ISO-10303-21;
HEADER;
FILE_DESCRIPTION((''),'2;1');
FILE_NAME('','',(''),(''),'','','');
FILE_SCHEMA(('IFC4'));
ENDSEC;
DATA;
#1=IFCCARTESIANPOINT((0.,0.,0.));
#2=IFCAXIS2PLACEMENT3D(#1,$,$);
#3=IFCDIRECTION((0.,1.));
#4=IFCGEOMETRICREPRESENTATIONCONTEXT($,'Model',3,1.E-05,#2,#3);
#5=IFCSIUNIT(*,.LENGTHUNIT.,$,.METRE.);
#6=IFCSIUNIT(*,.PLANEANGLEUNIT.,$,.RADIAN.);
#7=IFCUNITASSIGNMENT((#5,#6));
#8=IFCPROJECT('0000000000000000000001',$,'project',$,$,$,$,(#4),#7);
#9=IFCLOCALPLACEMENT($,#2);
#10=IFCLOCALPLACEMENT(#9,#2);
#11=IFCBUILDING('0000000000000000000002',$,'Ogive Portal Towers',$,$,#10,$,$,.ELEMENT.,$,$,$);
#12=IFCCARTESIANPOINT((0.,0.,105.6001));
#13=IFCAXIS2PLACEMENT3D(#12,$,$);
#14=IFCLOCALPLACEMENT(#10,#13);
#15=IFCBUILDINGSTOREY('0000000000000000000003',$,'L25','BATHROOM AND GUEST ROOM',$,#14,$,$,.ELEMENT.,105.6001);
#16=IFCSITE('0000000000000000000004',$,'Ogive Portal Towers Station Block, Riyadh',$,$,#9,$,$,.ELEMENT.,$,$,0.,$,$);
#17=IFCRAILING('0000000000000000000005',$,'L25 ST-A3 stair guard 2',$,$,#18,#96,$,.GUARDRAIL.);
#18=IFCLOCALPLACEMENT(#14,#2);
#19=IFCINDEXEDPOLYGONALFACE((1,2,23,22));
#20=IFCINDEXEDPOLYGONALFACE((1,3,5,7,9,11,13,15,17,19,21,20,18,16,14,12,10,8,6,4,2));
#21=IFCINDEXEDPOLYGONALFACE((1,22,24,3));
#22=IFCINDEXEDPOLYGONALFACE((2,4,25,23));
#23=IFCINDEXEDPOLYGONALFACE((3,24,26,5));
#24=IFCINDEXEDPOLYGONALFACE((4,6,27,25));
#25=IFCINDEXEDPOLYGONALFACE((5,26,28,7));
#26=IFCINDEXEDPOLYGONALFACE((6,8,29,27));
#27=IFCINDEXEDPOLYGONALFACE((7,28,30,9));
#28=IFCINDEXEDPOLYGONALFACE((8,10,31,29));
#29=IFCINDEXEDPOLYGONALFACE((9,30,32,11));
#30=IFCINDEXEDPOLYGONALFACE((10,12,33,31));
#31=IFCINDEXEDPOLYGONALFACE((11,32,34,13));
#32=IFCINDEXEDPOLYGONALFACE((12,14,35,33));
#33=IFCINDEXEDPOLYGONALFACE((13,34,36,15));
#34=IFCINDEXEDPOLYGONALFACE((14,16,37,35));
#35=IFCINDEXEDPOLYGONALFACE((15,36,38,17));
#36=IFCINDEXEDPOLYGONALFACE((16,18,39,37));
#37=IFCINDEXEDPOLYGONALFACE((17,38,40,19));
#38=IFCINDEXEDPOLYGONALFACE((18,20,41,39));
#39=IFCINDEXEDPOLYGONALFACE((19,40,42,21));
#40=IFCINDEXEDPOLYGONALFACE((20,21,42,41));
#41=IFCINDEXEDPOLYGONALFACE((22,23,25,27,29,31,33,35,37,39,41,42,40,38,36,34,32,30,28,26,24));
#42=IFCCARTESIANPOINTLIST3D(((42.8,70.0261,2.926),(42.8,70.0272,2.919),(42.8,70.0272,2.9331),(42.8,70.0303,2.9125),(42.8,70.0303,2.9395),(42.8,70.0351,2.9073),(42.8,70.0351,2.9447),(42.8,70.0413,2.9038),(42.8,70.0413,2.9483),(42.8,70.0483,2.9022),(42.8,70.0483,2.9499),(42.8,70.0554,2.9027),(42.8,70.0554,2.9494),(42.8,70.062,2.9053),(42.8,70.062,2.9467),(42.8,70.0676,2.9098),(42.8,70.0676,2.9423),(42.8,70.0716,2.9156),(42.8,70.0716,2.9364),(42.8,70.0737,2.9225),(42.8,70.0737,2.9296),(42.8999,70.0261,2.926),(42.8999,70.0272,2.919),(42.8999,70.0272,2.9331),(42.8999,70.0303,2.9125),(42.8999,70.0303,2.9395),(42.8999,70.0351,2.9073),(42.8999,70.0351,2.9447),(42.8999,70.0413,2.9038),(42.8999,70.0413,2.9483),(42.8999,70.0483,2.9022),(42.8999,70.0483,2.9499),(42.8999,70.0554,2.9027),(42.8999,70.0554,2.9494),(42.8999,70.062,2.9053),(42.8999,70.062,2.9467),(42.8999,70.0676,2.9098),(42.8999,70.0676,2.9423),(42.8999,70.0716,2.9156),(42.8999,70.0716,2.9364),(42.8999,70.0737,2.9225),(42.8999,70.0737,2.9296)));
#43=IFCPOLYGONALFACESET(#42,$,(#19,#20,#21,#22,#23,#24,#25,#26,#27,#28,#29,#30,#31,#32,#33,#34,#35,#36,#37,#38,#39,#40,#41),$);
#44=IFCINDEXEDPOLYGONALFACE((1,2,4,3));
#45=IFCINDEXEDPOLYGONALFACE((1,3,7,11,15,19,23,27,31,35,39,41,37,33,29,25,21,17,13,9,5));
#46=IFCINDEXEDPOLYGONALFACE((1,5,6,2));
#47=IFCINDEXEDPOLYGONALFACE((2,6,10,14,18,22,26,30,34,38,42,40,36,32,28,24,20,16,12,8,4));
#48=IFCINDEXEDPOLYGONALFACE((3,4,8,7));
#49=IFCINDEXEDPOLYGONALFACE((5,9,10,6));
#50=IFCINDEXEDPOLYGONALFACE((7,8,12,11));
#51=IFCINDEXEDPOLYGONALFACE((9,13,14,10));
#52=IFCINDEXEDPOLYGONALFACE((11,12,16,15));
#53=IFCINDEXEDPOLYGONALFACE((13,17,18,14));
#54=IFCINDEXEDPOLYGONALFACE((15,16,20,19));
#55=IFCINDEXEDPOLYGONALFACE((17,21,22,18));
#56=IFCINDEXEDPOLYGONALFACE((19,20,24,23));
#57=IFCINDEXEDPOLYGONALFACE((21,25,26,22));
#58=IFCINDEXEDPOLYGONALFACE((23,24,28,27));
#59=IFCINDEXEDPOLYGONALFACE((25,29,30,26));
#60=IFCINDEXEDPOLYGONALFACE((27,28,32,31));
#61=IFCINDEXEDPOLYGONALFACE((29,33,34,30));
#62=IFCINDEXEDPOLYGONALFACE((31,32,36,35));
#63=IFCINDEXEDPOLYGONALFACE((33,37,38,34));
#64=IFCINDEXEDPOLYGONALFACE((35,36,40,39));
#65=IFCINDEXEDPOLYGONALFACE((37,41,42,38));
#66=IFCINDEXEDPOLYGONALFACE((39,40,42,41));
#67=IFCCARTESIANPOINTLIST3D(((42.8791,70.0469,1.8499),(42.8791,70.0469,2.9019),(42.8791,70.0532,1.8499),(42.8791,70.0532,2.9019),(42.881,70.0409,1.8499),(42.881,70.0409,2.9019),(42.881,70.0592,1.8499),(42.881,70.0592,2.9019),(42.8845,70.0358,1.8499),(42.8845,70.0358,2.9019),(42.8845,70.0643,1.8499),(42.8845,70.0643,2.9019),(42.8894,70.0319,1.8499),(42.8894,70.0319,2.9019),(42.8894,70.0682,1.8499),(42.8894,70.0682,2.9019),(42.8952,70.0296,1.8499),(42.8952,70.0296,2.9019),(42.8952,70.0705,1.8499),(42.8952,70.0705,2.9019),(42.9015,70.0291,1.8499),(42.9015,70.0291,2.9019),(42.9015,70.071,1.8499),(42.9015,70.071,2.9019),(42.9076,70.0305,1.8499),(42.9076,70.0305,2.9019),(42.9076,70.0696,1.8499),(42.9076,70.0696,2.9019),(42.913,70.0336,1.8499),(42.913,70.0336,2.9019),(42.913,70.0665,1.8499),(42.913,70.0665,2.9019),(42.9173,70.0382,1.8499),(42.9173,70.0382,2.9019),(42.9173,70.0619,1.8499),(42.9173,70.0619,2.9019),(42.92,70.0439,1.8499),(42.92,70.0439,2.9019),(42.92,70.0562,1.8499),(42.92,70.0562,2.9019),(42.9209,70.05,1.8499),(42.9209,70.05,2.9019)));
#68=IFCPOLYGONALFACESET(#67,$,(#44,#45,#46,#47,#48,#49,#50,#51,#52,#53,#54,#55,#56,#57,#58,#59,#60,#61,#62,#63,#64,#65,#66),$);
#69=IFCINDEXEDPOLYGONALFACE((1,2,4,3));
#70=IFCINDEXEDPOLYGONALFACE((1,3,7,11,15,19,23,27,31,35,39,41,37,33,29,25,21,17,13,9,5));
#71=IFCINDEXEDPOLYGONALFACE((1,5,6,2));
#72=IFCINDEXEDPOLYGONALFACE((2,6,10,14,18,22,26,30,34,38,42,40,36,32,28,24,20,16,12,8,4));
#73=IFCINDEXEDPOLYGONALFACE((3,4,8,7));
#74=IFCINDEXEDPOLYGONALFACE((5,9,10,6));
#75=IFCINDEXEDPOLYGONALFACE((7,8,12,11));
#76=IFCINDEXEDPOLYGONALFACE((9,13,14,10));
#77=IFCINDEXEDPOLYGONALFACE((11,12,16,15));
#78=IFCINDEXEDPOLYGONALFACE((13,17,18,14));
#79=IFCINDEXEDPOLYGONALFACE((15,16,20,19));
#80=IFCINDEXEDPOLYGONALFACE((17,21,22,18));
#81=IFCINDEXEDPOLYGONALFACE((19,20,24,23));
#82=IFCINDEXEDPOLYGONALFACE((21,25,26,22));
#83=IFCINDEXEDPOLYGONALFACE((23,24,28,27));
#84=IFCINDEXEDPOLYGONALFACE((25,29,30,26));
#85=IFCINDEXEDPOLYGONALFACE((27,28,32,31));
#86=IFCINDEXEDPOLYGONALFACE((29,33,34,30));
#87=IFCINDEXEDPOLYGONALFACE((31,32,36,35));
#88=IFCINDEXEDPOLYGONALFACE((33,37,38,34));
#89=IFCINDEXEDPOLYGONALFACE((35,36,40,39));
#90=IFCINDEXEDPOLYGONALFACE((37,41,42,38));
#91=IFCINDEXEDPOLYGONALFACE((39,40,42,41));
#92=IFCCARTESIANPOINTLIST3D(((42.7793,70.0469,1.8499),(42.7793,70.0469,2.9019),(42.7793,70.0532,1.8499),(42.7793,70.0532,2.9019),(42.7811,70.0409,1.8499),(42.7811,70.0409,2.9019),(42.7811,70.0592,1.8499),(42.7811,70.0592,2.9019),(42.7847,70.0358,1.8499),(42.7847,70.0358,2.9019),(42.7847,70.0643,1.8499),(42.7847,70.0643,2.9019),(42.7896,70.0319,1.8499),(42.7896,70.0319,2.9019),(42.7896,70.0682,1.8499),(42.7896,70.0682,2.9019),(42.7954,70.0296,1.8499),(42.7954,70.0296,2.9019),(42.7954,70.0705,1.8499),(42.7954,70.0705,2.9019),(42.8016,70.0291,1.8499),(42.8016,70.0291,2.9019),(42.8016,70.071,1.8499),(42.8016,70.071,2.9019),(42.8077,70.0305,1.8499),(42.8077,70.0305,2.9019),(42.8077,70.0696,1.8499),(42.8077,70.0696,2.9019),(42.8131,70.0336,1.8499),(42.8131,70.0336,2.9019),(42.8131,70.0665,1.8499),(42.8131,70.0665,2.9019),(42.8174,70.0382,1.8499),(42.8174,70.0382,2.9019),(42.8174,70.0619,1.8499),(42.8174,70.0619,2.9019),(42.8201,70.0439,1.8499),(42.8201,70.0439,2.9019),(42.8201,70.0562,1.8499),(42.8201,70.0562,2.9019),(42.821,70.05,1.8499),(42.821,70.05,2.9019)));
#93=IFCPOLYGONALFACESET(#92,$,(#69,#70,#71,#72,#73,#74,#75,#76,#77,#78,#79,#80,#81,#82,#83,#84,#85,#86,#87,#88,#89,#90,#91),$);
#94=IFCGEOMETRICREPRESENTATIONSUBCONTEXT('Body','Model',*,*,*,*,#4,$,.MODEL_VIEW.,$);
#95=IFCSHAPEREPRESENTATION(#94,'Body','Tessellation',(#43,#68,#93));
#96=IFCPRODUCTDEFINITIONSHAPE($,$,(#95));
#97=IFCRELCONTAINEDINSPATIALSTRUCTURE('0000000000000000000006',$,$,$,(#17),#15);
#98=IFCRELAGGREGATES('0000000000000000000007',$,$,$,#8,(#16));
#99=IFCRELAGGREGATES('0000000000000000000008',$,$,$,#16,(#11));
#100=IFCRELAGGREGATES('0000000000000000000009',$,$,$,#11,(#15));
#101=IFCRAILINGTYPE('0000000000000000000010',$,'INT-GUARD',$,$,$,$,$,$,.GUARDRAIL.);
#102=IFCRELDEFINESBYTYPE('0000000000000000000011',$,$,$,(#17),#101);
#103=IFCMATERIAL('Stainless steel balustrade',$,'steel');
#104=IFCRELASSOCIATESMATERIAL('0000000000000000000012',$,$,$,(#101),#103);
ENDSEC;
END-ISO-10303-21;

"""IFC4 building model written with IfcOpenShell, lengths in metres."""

from ifc_helpers import new_model, si_unit, direction, frame, origin, origin_2d, place, context, subcontext, project, spatial, circle, extrude, material, type_object, element, save


model = new_model("IFC4")

# Units and contexts
model_context = context("Model", 3, precision=1e-05, world=origin(), true_north=direction((0.0, 1.0)))
body_context = subcontext(model_context, "Body", "Model", "MODEL_VIEW")
ifc_project = project(units=[si_unit("LENGTHUNIT", "METRE"), si_unit("PLANEANGLEUNIT", "RADIAN")], contexts=[model_context])

# Site, building, storey
site_placement = place(None, origin())
site = spatial("IfcSite", under=ifc_project, at=site_placement, Name="Ogive Portal Towers Station Block, Riyadh", CompositionType="ELEMENT", RefElevation=0.0)
building_placement = place(site_placement, origin())
building = spatial("IfcBuilding", under=site, at=building_placement, Name="Ogive Portal Towers", CompositionType="ELEMENT")
storey_placement = place(building_placement, frame((0.0, 0.0, 105.6001)))
storey = spatial("IfcBuildingStorey", under=building, at=storey_placement, Name="L25", Description="BATHROOM AND GUEST ROOM", CompositionType="ELEMENT", Elevation=105.6001)

# Railing
ifc_material_1 = material(Name="Stainless steel balustrade", Category="steel")
railing_type_1 = type_object("IfcRailingType", Name="INT-GUARD", PredefinedType="GUARDRAIL", material=ifc_material_1)
railing_1_placement = place(storey_placement, frame((42.8999, 70.05, 1.8499)))
element("IfcRailing", 1, at=railing_1_placement, inside=storey, type_object=railing_type_1, Name="L25 ST-A3 stair guard 2", PredefinedType="GUARDRAIL", context=body_context, shape_type="SweptSolid", body=[
    extrude(circle(Radius=0.0239, at=origin_2d()), frame((0.0, 0.0, 1.0762), z_axis=(-1.0, 0.0, 0.0), x_axis=(0.0, -1.0, 0.0)), (0.0, 0.0, 1.0), 0.0999),
    extrude(circle(Radius=0.021, at=origin_2d()), origin(), (0.0, 0.0, 1.0), 1.052),
    extrude(circle(Radius=0.021, at=origin_2d()), frame((-0.0999, 0.0, 0.0)), (0.0, 0.0, 1.0), 1.052),
])

save(model, "model.ifc")
